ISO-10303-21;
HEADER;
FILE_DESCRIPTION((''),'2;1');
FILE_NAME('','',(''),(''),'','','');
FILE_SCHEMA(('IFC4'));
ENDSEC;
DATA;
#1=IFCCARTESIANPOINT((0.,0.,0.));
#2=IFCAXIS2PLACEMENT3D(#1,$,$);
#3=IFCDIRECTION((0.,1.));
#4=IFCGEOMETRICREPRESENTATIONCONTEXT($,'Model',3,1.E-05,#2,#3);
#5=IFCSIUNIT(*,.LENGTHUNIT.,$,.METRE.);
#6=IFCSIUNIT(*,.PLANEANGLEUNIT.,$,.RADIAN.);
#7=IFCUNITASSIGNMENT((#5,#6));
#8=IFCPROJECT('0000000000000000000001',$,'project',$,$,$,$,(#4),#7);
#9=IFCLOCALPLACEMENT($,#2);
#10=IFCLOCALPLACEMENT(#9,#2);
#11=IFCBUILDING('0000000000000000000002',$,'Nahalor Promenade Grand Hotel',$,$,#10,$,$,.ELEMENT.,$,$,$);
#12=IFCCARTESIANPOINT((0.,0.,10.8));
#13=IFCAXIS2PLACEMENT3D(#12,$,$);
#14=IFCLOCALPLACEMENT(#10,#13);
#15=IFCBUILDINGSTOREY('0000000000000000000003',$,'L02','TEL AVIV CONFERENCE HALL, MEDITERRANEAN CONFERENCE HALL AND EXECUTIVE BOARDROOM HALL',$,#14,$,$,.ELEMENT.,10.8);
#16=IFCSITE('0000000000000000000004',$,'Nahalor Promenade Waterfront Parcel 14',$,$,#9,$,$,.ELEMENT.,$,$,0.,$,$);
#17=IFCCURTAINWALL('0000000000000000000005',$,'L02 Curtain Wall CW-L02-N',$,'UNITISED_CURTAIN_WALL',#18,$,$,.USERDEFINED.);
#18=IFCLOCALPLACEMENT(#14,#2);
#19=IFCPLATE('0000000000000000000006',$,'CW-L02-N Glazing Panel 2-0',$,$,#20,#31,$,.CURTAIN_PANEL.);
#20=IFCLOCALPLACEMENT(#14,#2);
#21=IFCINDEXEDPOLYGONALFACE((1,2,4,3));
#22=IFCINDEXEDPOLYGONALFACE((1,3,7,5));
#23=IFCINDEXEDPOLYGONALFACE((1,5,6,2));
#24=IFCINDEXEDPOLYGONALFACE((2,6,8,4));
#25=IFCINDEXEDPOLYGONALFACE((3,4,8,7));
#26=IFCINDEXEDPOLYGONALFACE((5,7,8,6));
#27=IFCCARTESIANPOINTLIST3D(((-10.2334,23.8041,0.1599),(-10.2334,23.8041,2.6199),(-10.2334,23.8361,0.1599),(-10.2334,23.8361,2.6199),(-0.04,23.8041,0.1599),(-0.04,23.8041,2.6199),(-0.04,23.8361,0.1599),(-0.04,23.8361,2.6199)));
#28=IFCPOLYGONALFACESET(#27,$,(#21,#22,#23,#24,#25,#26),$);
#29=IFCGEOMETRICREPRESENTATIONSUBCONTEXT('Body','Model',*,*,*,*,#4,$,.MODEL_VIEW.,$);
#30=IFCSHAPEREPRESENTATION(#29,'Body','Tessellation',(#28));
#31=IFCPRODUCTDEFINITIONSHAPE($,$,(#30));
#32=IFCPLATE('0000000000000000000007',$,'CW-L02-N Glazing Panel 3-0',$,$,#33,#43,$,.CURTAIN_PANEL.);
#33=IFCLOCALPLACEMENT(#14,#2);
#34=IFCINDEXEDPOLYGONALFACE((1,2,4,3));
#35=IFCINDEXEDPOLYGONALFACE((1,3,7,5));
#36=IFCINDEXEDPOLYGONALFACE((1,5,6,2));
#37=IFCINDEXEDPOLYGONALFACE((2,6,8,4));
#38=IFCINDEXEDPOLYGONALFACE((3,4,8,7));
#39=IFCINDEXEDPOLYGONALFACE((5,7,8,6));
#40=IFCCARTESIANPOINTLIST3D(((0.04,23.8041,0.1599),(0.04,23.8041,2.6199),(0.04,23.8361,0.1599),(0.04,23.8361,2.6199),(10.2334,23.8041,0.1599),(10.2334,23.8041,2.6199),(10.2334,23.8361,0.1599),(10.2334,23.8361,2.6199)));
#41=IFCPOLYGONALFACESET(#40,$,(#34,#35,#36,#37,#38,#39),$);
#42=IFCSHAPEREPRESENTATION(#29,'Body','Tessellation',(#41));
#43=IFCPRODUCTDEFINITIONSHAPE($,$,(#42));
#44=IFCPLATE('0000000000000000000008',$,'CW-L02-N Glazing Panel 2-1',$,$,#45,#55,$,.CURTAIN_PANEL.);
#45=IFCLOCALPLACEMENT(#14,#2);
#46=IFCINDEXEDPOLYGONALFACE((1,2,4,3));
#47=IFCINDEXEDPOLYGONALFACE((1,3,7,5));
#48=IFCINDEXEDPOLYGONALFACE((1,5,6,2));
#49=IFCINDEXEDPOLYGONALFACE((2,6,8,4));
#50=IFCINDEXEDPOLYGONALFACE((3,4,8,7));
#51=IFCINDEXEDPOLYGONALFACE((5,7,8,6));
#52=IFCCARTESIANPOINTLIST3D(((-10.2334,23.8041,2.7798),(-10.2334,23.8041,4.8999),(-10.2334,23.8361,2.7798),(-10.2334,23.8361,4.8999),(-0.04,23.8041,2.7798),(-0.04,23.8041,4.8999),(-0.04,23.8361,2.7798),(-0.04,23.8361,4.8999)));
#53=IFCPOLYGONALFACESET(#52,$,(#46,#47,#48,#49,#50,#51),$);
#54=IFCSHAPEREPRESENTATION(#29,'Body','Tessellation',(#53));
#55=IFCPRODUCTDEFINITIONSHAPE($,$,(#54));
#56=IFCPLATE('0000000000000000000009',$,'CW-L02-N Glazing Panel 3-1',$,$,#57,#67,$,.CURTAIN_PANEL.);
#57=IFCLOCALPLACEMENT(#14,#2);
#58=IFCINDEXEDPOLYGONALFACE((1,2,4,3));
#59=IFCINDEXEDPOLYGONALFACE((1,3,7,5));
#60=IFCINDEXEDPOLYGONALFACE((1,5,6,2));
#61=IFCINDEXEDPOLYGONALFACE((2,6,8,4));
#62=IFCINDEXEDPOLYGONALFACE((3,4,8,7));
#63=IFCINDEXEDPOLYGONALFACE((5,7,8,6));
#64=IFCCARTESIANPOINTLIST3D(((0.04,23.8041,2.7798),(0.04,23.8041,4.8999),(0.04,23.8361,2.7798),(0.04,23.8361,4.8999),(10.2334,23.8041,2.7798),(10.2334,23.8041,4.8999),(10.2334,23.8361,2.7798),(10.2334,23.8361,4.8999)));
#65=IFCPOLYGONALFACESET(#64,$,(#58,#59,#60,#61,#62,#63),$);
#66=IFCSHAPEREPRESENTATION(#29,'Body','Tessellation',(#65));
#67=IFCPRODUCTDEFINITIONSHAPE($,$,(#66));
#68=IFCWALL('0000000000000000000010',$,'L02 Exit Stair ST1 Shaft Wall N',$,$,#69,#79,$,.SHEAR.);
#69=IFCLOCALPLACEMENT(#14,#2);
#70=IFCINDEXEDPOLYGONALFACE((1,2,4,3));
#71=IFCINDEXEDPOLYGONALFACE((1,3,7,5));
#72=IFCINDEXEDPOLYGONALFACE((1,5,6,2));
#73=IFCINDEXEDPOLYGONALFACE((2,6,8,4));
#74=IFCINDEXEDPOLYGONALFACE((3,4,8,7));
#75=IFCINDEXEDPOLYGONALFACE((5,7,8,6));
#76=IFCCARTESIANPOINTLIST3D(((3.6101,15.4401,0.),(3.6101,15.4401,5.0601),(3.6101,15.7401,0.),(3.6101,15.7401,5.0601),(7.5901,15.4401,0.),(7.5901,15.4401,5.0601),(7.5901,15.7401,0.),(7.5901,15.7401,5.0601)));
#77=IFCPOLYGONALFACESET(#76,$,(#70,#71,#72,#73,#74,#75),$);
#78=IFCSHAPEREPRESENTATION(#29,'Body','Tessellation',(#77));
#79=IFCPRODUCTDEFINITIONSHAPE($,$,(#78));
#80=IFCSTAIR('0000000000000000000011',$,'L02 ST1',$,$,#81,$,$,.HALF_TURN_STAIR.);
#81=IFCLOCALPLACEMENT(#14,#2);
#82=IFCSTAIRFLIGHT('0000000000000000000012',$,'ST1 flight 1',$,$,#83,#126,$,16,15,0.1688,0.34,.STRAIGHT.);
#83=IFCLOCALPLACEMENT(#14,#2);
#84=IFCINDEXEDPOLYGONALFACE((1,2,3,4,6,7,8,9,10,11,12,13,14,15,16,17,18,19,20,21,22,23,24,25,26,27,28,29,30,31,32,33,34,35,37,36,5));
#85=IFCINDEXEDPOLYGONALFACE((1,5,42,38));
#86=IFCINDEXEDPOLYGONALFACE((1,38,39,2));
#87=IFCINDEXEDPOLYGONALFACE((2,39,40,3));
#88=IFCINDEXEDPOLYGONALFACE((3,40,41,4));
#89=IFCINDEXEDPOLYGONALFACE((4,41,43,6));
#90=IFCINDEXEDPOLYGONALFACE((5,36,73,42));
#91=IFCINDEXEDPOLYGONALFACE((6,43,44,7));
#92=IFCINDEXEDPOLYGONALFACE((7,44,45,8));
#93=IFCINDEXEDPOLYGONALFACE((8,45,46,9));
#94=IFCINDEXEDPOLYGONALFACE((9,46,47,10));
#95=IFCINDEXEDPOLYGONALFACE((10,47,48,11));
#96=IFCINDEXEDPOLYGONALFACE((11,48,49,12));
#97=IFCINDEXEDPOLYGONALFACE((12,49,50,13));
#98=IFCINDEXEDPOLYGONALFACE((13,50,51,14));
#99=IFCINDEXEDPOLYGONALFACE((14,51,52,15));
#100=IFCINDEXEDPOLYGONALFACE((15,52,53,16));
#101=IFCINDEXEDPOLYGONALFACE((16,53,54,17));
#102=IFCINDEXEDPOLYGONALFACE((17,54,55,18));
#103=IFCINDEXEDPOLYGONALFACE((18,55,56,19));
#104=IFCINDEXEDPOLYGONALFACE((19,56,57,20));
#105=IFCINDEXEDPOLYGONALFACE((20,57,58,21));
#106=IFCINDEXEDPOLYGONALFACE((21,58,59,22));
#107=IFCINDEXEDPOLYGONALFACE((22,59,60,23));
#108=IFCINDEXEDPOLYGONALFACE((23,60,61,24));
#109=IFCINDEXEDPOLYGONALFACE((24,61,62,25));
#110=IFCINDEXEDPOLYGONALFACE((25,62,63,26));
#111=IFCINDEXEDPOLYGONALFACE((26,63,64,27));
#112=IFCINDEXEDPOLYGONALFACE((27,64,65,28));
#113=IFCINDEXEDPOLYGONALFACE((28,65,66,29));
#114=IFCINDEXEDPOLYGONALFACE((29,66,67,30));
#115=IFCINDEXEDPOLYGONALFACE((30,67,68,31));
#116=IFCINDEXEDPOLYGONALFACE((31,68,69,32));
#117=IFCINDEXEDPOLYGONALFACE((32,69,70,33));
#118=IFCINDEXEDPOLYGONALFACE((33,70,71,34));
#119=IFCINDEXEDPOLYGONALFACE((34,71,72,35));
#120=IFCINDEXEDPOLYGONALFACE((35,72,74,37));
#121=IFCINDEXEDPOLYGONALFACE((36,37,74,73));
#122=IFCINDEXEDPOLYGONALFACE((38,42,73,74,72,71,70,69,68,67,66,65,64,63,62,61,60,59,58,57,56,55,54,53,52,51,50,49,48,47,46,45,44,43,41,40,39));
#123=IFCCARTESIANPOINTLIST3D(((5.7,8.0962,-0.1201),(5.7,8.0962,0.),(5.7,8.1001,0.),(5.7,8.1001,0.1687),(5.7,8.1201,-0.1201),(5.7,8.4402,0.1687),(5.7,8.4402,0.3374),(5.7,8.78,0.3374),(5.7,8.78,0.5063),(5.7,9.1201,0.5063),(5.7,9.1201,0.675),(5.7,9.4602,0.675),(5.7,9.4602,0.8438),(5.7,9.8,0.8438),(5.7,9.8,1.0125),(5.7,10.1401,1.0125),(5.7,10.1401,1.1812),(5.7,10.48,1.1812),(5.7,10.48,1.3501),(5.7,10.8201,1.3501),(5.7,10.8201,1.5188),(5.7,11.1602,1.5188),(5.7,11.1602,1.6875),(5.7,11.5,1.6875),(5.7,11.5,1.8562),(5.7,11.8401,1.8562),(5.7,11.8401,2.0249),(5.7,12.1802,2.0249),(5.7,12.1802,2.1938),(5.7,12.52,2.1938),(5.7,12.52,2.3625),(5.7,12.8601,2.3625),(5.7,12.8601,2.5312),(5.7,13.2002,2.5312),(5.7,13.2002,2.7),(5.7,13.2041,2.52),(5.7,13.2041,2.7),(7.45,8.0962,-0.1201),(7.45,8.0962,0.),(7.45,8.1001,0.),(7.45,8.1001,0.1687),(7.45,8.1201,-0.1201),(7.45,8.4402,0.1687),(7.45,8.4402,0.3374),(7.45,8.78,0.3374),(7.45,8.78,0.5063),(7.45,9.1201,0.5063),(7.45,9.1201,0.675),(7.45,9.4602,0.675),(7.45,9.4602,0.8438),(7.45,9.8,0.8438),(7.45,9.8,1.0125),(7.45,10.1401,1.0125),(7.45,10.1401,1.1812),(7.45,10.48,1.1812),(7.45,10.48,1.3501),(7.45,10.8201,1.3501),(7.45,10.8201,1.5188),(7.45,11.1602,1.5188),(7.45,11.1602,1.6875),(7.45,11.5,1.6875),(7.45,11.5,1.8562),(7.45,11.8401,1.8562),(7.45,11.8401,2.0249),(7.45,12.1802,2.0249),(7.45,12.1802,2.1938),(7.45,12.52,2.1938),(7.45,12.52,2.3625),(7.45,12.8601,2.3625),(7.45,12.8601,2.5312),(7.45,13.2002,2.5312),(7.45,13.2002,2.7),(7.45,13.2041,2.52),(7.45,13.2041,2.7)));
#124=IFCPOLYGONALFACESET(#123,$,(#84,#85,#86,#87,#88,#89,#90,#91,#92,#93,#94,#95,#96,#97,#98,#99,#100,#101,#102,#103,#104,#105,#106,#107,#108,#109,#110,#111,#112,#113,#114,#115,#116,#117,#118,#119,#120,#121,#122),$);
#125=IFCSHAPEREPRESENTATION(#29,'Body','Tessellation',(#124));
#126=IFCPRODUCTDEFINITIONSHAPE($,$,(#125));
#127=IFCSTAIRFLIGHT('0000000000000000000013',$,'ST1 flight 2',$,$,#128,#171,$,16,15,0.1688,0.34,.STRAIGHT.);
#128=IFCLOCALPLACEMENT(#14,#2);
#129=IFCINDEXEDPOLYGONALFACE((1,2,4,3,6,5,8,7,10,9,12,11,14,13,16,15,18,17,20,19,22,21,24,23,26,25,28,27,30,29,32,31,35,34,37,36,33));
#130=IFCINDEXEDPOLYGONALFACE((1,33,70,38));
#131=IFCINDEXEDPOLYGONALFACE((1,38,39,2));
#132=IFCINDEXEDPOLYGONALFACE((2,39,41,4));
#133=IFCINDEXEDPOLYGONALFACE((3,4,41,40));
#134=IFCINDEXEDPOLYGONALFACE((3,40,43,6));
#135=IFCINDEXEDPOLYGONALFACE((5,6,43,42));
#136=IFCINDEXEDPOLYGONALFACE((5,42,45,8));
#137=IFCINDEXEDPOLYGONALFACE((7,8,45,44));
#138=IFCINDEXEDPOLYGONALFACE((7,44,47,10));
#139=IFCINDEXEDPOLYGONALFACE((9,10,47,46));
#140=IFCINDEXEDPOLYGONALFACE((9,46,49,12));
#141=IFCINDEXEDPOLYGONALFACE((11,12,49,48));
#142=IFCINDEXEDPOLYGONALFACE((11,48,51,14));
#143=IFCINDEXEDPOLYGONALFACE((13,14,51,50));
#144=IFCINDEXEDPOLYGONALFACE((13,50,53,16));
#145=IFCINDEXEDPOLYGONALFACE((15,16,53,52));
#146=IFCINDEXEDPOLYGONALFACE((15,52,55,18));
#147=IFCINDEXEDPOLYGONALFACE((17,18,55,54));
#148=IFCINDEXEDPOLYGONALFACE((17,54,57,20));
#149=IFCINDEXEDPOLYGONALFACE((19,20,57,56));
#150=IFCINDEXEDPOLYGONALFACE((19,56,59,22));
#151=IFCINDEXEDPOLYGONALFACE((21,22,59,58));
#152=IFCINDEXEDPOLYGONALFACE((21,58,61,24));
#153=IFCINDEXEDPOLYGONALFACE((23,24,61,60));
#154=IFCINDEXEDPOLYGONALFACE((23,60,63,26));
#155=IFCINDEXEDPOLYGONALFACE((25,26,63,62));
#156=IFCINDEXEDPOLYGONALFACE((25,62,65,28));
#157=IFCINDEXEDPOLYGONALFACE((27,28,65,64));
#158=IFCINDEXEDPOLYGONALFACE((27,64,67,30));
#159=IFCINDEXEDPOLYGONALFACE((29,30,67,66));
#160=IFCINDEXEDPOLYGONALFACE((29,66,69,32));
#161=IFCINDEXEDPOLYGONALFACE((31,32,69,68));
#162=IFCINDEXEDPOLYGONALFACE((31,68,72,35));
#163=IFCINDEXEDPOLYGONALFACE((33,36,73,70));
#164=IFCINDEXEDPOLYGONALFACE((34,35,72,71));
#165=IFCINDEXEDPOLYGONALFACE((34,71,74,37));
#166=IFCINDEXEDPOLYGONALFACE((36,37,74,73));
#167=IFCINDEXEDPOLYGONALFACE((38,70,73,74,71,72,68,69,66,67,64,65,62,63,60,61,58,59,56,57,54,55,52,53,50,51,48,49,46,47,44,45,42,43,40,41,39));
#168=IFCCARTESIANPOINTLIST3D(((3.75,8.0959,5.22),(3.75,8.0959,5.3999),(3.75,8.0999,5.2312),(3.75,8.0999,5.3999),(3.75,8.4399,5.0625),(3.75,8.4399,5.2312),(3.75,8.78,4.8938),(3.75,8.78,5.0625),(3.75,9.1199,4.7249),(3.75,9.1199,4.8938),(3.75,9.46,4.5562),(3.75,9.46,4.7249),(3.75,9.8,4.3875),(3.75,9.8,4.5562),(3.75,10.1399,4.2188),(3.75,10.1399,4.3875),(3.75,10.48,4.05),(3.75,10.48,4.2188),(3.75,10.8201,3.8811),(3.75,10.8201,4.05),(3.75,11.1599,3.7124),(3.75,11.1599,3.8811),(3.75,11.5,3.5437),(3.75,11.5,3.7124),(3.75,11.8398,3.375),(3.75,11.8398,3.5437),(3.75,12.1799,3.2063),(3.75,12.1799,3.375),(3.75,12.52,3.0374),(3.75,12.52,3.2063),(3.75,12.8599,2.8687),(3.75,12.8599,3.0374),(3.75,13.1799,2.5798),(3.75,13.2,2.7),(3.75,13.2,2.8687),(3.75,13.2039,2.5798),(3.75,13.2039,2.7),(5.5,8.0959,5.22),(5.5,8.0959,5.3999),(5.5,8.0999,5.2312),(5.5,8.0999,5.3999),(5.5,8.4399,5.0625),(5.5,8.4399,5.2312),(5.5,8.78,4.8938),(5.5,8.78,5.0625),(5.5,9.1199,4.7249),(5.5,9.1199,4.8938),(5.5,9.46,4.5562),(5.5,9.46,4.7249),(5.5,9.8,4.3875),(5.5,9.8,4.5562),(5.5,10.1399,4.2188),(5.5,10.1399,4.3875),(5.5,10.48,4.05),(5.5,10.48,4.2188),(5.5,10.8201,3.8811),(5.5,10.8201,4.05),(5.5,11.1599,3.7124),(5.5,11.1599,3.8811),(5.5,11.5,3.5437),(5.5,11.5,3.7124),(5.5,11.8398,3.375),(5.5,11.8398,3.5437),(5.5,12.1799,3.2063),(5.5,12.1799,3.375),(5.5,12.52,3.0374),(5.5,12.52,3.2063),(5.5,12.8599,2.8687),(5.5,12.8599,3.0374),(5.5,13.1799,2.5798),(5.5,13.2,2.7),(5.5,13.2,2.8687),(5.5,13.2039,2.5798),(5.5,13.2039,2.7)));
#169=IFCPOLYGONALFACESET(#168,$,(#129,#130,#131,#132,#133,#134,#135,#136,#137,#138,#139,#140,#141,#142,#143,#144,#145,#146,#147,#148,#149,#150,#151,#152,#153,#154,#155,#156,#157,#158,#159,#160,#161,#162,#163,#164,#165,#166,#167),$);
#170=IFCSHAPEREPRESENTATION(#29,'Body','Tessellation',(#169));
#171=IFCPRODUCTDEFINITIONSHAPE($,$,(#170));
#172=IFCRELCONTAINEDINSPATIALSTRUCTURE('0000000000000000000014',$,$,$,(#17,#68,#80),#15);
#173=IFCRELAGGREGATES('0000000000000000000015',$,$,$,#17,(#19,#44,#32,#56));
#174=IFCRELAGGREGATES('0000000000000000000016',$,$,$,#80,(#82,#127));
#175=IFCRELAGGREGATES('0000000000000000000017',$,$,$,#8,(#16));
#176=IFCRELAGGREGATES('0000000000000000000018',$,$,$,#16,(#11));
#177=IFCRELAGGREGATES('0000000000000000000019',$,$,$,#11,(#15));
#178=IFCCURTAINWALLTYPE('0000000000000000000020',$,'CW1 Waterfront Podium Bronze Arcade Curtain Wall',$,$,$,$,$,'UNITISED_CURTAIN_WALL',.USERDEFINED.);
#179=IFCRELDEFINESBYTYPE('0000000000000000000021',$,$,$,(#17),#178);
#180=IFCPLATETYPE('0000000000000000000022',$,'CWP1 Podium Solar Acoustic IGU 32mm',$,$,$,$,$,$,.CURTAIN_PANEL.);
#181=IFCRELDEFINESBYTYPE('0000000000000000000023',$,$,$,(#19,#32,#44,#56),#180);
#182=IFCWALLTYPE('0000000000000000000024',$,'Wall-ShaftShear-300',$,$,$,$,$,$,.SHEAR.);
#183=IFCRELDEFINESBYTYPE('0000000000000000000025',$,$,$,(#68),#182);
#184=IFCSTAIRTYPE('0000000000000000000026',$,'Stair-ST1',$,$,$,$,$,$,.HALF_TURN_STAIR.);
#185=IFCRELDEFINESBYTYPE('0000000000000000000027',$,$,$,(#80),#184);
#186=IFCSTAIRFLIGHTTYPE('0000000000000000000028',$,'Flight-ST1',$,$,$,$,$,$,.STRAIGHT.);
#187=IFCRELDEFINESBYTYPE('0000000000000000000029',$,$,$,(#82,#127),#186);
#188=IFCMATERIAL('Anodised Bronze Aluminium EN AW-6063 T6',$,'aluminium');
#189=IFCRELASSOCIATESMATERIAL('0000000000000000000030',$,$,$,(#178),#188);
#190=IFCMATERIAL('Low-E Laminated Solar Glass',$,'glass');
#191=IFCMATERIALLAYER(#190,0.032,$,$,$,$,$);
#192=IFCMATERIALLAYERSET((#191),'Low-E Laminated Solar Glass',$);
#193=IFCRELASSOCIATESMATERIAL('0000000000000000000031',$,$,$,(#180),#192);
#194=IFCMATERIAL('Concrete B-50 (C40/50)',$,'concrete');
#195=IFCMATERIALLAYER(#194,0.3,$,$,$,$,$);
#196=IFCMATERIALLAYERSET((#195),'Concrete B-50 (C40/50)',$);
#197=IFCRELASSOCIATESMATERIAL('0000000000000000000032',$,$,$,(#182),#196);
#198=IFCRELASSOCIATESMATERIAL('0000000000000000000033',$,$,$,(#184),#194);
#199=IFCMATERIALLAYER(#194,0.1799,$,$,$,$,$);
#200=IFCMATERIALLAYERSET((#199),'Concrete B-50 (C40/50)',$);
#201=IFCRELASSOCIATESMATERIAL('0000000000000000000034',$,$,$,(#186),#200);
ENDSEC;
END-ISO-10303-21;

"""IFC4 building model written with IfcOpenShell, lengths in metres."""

from ifc_helpers import new_model, si_unit, direction, frame, frame_2d, origin, origin_2d, place, context, subcontext, project, spatial, polyline, rectangle, outline, extrude, source, transform, mapped, material, layer, layer_set, type_object, element, aggregate, save


model = new_model("IFC4")

# Units and contexts
model_context = context("Model", 3, precision=1e-05, world=origin(), true_north=direction((0.0, 1.0)))
body_context = subcontext(model_context, "Body", "Model", "MODEL_VIEW")
ifc_project = project(units=[si_unit("LENGTHUNIT", "METRE"), si_unit("PLANEANGLEUNIT", "RADIAN")], contexts=[model_context])

# Site, building, storey
site_placement = place(None, origin())
site = spatial("IfcSite", under=ifc_project, at=site_placement, Name="Nahalor Promenade Waterfront Parcel 14", CompositionType="ELEMENT", RefElevation=0.0)
building_placement = place(site_placement, origin())
building = spatial("IfcBuilding", under=site, at=building_placement, Name="Nahalor Promenade Grand Hotel", CompositionType="ELEMENT")
storey_placement = place(building_placement, frame((0.0, 0.0, 10.8)))
storey = spatial("IfcBuildingStorey", under=building, at=storey_placement, Name="L02", Description="TEL AVIV CONFERENCE HALL, MEDITERRANEAN CONFERENCE HALL AND EXECUTIVE BOARDROOM HALL", CompositionType="ELEMENT", Elevation=10.8)

# Curtain wall, plates
ifc_material_1 = material(Name="Anodised Bronze Aluminium EN AW-6063 T6", Category="aluminium")
curtain_wall_type = type_object("IfcCurtainWallType", Name="CW1 Waterfront Podium Bronze Arcade Curtain Wall", ElementType="UNITISED_CURTAIN_WALL", PredefinedType="USERDEFINED", material=ifc_material_1)
curtain_wall_placement = place(storey_placement, origin())
curtain_wall = element("IfcCurtainWall", 1, at=curtain_wall_placement, inside=storey, type_object=curtain_wall_type, Name="L02 Curtain Wall CW-L02-N", ObjectType="UNITISED_CURTAIN_WALL", PredefinedType="USERDEFINED")
ifc_material_2 = material(Name="Low-E Laminated Solar Glass", Category="glass")
ifc_layer_1 = layer(ifc_material_2, 0.032)
ifc_layer_set_1 = layer_set([ifc_layer_1], Name="Low-E Laminated Solar Glass")
plate_type = type_object("IfcPlateType", Name="CWP1 Podium Solar Acoustic IGU 32mm", PredefinedType="CURTAIN_PANEL", material=ifc_layer_set_1)
shared_shape_1 = source(origin(), body_context, "Body", "SweptSolid", [
    extrude(rectangle(XDim=10.1934, YDim=0.032, at=origin_2d()), origin(), (0.0, 0.0, 1.0), 2.46),
])
plate_1_placement = place(storey_placement, frame((-5.1367, 23.8201, 0.1599), z_axis=(0.0, 0.0, 1.0), x_axis=(1.0, 0.0, 0.0)))
plate_1 = element("IfcPlate", 2, at=plate_1_placement, type_object=plate_type, Name="CW-L02-N Glazing Panel 2-0", PredefinedType="CURTAIN_PANEL", context=body_context, shape_type="MappedRepresentation", body=[
    mapped(shared_shape_1, transform((0.0, 0.0, 0.0), scale=1.0)),
])
plate_2_placement = place(storey_placement, frame((5.1367, 23.8201, 0.1599), z_axis=(0.0, 0.0, 1.0), x_axis=(1.0, 0.0, 0.0)))
plate_2 = element("IfcPlate", 3, at=plate_2_placement, type_object=plate_type, Name="CW-L02-N Glazing Panel 3-0", PredefinedType="CURTAIN_PANEL", context=body_context, shape_type="MappedRepresentation", body=[
    mapped(shared_shape_1, transform((0.0, 0.0, 0.0), scale=1.0)),
])
shared_shape_2 = source(origin(), body_context, "Body", "SweptSolid", [
    extrude(rectangle(XDim=10.1934, YDim=0.032, at=origin_2d()), origin(), (0.0, 0.0, 1.0), 2.1201),
])
plate_3_placement = place(storey_placement, frame((-5.1367, 23.8201, 2.7798), z_axis=(0.0, 0.0, 1.0), x_axis=(1.0, 0.0, 0.0)))
plate_3 = element("IfcPlate", 4, at=plate_3_placement, type_object=plate_type, Name="CW-L02-N Glazing Panel 2-1", PredefinedType="CURTAIN_PANEL", context=body_context, shape_type="MappedRepresentation", body=[
    mapped(shared_shape_2, transform((0.0, 0.0, 0.0), scale=1.0)),
])
plate_4_placement = place(storey_placement, frame((5.1367, 23.8201, 2.7798), z_axis=(0.0, 0.0, 1.0), x_axis=(1.0, 0.0, 0.0)))
plate_4 = element("IfcPlate", 5, at=plate_4_placement, type_object=plate_type, Name="CW-L02-N Glazing Panel 3-1", PredefinedType="CURTAIN_PANEL", context=body_context, shape_type="MappedRepresentation", body=[
    mapped(shared_shape_2, transform((0.0, 0.0, 0.0), scale=1.0)),
])
aggregate(curtain_wall, [plate_1, plate_3, plate_2, plate_4])

# Wall
ifc_material_3 = material(Name="Concrete B-50 (C40/50)", Category="concrete")
ifc_layer_2 = layer(ifc_material_3, 0.3)
ifc_layer_set_2 = layer_set([ifc_layer_2], Name="Concrete B-50 (C40/50)")
wall_type = type_object("IfcWallType", Name="Wall-ShaftShear-300", PredefinedType="SHEAR", material=ifc_layer_set_2)
shared_shape_3 = source(origin(), body_context, "Body", "SweptSolid", [
    extrude(rectangle(XDim=3.98, YDim=0.3, at=frame_2d((1.99, 0.0))), origin(), (0.0, 0.0, 1.0), 5.0601),
])
wall_placement = place(storey_placement, frame((3.6101, 15.5901, 0.0), z_axis=(0.0, 0.0, 1.0), x_axis=(1.0, 0.0, 0.0)))
element("IfcWall", 6, at=wall_placement, inside=storey, type_object=wall_type, Name="L02 Exit Stair ST1 Shaft Wall N", PredefinedType="SHEAR", context=body_context, shape_type="MappedRepresentation", body=[
    mapped(shared_shape_3, transform((0.0, 0.0, 0.0), scale=1.0)),
])

# Stair, stair flights
stair_type = type_object("IfcStairType", Name="Stair-ST1", PredefinedType="HALF_TURN_STAIR", material=ifc_material_3)
stair_placement = place(storey_placement, origin())
stair = element("IfcStair", 7, at=stair_placement, inside=storey, type_object=stair_type, Name="L02 ST1", PredefinedType="HALF_TURN_STAIR")
ifc_layer_3 = layer(ifc_material_3, 0.1799)
ifc_layer_set_3 = layer_set([ifc_layer_3], Name="Concrete B-50 (C40/50)")
stair_flight_type = type_object("IfcStairFlightType", Name="Flight-ST1", PredefinedType="STRAIGHT", material=ifc_layer_set_3)
shared_shape_4 = source(origin(), body_context, "Body", "SweptSolid", [
    extrude(outline(polyline([(-0.0039, -0.1201), (-0.0039, 0.0), (0.0, 0.0), (0.0, 0.1687), (0.3401, 0.1687), (0.3401, 0.3374), (0.6799, 0.3374), (0.6799, 0.5063), (1.02, 0.5063), (1.02, 0.675), (1.3601, 0.675), (1.3601, 0.8438), (1.7, 0.8438), (1.7, 1.0125), (2.04, 1.0125), (2.04, 1.1812), (2.3799, 1.1812), (2.3799, 1.3501), (2.72, 1.3501), (2.72, 1.5188), (3.0601, 1.5188), (3.0601, 1.6875), (3.3999, 1.6875), (3.3999, 1.8562), (3.74, 1.8562), (3.74, 2.0249), (4.0801, 2.0249), (4.0801, 2.1938), (4.4199, 2.1938), (4.4199, 2.3625), (4.76, 2.3625), (4.76, 2.5312), (5.1001, 2.5312), (5.1001, 2.7), (5.104, 2.7), (5.104, 2.52), (0.02, -0.1201), (-0.0039, -0.1201)])), frame((0.0, 0.875, 0.0), z_axis=(0.0, -1.0, 0.0), x_axis=(1.0, 0.0, 0.0)), (0.0, 0.0, 1.0), 1.75),
])
stair_flight_1_placement = place(storey_placement, frame((6.575, 8.1001, 0.0), z_axis=(0.0, 0.0, 1.0), x_axis=(0.0, 1.0, 0.0)))
stair_flight_1 = element("IfcStairFlight", 8, at=stair_flight_1_placement, type_object=stair_flight_type, Name="ST1 flight 1", NumberOfRisers=16, NumberOfTreads=15, PredefinedType="STRAIGHT", RiserHeight=0.1688, TreadLength=0.34, context=body_context, shape_type="MappedRepresentation", body=[
    mapped(shared_shape_4, transform((0.0, 0.0, 0.0), scale=1.0)),
])
stair_flight_2_placement = place(storey_placement, frame((4.625, 13.2, 2.7), z_axis=(0.0, 0.0, 1.0), x_axis=(0.0, -1.0, 0.0)))
stair_flight_2 = element("IfcStairFlight", 9, at=stair_flight_2_placement, type_object=stair_flight_type, Name="ST1 flight 2", NumberOfRisers=16, NumberOfTreads=15, PredefinedType="STRAIGHT", RiserHeight=0.1688, TreadLength=0.34, context=body_context, shape_type="MappedRepresentation", body=[
    mapped(shared_shape_4, transform((0.0, 0.0, 0.0), scale=1.0)),
])
aggregate(stair, [stair_flight_1, stair_flight_2])

save(model, "model.ifc")
